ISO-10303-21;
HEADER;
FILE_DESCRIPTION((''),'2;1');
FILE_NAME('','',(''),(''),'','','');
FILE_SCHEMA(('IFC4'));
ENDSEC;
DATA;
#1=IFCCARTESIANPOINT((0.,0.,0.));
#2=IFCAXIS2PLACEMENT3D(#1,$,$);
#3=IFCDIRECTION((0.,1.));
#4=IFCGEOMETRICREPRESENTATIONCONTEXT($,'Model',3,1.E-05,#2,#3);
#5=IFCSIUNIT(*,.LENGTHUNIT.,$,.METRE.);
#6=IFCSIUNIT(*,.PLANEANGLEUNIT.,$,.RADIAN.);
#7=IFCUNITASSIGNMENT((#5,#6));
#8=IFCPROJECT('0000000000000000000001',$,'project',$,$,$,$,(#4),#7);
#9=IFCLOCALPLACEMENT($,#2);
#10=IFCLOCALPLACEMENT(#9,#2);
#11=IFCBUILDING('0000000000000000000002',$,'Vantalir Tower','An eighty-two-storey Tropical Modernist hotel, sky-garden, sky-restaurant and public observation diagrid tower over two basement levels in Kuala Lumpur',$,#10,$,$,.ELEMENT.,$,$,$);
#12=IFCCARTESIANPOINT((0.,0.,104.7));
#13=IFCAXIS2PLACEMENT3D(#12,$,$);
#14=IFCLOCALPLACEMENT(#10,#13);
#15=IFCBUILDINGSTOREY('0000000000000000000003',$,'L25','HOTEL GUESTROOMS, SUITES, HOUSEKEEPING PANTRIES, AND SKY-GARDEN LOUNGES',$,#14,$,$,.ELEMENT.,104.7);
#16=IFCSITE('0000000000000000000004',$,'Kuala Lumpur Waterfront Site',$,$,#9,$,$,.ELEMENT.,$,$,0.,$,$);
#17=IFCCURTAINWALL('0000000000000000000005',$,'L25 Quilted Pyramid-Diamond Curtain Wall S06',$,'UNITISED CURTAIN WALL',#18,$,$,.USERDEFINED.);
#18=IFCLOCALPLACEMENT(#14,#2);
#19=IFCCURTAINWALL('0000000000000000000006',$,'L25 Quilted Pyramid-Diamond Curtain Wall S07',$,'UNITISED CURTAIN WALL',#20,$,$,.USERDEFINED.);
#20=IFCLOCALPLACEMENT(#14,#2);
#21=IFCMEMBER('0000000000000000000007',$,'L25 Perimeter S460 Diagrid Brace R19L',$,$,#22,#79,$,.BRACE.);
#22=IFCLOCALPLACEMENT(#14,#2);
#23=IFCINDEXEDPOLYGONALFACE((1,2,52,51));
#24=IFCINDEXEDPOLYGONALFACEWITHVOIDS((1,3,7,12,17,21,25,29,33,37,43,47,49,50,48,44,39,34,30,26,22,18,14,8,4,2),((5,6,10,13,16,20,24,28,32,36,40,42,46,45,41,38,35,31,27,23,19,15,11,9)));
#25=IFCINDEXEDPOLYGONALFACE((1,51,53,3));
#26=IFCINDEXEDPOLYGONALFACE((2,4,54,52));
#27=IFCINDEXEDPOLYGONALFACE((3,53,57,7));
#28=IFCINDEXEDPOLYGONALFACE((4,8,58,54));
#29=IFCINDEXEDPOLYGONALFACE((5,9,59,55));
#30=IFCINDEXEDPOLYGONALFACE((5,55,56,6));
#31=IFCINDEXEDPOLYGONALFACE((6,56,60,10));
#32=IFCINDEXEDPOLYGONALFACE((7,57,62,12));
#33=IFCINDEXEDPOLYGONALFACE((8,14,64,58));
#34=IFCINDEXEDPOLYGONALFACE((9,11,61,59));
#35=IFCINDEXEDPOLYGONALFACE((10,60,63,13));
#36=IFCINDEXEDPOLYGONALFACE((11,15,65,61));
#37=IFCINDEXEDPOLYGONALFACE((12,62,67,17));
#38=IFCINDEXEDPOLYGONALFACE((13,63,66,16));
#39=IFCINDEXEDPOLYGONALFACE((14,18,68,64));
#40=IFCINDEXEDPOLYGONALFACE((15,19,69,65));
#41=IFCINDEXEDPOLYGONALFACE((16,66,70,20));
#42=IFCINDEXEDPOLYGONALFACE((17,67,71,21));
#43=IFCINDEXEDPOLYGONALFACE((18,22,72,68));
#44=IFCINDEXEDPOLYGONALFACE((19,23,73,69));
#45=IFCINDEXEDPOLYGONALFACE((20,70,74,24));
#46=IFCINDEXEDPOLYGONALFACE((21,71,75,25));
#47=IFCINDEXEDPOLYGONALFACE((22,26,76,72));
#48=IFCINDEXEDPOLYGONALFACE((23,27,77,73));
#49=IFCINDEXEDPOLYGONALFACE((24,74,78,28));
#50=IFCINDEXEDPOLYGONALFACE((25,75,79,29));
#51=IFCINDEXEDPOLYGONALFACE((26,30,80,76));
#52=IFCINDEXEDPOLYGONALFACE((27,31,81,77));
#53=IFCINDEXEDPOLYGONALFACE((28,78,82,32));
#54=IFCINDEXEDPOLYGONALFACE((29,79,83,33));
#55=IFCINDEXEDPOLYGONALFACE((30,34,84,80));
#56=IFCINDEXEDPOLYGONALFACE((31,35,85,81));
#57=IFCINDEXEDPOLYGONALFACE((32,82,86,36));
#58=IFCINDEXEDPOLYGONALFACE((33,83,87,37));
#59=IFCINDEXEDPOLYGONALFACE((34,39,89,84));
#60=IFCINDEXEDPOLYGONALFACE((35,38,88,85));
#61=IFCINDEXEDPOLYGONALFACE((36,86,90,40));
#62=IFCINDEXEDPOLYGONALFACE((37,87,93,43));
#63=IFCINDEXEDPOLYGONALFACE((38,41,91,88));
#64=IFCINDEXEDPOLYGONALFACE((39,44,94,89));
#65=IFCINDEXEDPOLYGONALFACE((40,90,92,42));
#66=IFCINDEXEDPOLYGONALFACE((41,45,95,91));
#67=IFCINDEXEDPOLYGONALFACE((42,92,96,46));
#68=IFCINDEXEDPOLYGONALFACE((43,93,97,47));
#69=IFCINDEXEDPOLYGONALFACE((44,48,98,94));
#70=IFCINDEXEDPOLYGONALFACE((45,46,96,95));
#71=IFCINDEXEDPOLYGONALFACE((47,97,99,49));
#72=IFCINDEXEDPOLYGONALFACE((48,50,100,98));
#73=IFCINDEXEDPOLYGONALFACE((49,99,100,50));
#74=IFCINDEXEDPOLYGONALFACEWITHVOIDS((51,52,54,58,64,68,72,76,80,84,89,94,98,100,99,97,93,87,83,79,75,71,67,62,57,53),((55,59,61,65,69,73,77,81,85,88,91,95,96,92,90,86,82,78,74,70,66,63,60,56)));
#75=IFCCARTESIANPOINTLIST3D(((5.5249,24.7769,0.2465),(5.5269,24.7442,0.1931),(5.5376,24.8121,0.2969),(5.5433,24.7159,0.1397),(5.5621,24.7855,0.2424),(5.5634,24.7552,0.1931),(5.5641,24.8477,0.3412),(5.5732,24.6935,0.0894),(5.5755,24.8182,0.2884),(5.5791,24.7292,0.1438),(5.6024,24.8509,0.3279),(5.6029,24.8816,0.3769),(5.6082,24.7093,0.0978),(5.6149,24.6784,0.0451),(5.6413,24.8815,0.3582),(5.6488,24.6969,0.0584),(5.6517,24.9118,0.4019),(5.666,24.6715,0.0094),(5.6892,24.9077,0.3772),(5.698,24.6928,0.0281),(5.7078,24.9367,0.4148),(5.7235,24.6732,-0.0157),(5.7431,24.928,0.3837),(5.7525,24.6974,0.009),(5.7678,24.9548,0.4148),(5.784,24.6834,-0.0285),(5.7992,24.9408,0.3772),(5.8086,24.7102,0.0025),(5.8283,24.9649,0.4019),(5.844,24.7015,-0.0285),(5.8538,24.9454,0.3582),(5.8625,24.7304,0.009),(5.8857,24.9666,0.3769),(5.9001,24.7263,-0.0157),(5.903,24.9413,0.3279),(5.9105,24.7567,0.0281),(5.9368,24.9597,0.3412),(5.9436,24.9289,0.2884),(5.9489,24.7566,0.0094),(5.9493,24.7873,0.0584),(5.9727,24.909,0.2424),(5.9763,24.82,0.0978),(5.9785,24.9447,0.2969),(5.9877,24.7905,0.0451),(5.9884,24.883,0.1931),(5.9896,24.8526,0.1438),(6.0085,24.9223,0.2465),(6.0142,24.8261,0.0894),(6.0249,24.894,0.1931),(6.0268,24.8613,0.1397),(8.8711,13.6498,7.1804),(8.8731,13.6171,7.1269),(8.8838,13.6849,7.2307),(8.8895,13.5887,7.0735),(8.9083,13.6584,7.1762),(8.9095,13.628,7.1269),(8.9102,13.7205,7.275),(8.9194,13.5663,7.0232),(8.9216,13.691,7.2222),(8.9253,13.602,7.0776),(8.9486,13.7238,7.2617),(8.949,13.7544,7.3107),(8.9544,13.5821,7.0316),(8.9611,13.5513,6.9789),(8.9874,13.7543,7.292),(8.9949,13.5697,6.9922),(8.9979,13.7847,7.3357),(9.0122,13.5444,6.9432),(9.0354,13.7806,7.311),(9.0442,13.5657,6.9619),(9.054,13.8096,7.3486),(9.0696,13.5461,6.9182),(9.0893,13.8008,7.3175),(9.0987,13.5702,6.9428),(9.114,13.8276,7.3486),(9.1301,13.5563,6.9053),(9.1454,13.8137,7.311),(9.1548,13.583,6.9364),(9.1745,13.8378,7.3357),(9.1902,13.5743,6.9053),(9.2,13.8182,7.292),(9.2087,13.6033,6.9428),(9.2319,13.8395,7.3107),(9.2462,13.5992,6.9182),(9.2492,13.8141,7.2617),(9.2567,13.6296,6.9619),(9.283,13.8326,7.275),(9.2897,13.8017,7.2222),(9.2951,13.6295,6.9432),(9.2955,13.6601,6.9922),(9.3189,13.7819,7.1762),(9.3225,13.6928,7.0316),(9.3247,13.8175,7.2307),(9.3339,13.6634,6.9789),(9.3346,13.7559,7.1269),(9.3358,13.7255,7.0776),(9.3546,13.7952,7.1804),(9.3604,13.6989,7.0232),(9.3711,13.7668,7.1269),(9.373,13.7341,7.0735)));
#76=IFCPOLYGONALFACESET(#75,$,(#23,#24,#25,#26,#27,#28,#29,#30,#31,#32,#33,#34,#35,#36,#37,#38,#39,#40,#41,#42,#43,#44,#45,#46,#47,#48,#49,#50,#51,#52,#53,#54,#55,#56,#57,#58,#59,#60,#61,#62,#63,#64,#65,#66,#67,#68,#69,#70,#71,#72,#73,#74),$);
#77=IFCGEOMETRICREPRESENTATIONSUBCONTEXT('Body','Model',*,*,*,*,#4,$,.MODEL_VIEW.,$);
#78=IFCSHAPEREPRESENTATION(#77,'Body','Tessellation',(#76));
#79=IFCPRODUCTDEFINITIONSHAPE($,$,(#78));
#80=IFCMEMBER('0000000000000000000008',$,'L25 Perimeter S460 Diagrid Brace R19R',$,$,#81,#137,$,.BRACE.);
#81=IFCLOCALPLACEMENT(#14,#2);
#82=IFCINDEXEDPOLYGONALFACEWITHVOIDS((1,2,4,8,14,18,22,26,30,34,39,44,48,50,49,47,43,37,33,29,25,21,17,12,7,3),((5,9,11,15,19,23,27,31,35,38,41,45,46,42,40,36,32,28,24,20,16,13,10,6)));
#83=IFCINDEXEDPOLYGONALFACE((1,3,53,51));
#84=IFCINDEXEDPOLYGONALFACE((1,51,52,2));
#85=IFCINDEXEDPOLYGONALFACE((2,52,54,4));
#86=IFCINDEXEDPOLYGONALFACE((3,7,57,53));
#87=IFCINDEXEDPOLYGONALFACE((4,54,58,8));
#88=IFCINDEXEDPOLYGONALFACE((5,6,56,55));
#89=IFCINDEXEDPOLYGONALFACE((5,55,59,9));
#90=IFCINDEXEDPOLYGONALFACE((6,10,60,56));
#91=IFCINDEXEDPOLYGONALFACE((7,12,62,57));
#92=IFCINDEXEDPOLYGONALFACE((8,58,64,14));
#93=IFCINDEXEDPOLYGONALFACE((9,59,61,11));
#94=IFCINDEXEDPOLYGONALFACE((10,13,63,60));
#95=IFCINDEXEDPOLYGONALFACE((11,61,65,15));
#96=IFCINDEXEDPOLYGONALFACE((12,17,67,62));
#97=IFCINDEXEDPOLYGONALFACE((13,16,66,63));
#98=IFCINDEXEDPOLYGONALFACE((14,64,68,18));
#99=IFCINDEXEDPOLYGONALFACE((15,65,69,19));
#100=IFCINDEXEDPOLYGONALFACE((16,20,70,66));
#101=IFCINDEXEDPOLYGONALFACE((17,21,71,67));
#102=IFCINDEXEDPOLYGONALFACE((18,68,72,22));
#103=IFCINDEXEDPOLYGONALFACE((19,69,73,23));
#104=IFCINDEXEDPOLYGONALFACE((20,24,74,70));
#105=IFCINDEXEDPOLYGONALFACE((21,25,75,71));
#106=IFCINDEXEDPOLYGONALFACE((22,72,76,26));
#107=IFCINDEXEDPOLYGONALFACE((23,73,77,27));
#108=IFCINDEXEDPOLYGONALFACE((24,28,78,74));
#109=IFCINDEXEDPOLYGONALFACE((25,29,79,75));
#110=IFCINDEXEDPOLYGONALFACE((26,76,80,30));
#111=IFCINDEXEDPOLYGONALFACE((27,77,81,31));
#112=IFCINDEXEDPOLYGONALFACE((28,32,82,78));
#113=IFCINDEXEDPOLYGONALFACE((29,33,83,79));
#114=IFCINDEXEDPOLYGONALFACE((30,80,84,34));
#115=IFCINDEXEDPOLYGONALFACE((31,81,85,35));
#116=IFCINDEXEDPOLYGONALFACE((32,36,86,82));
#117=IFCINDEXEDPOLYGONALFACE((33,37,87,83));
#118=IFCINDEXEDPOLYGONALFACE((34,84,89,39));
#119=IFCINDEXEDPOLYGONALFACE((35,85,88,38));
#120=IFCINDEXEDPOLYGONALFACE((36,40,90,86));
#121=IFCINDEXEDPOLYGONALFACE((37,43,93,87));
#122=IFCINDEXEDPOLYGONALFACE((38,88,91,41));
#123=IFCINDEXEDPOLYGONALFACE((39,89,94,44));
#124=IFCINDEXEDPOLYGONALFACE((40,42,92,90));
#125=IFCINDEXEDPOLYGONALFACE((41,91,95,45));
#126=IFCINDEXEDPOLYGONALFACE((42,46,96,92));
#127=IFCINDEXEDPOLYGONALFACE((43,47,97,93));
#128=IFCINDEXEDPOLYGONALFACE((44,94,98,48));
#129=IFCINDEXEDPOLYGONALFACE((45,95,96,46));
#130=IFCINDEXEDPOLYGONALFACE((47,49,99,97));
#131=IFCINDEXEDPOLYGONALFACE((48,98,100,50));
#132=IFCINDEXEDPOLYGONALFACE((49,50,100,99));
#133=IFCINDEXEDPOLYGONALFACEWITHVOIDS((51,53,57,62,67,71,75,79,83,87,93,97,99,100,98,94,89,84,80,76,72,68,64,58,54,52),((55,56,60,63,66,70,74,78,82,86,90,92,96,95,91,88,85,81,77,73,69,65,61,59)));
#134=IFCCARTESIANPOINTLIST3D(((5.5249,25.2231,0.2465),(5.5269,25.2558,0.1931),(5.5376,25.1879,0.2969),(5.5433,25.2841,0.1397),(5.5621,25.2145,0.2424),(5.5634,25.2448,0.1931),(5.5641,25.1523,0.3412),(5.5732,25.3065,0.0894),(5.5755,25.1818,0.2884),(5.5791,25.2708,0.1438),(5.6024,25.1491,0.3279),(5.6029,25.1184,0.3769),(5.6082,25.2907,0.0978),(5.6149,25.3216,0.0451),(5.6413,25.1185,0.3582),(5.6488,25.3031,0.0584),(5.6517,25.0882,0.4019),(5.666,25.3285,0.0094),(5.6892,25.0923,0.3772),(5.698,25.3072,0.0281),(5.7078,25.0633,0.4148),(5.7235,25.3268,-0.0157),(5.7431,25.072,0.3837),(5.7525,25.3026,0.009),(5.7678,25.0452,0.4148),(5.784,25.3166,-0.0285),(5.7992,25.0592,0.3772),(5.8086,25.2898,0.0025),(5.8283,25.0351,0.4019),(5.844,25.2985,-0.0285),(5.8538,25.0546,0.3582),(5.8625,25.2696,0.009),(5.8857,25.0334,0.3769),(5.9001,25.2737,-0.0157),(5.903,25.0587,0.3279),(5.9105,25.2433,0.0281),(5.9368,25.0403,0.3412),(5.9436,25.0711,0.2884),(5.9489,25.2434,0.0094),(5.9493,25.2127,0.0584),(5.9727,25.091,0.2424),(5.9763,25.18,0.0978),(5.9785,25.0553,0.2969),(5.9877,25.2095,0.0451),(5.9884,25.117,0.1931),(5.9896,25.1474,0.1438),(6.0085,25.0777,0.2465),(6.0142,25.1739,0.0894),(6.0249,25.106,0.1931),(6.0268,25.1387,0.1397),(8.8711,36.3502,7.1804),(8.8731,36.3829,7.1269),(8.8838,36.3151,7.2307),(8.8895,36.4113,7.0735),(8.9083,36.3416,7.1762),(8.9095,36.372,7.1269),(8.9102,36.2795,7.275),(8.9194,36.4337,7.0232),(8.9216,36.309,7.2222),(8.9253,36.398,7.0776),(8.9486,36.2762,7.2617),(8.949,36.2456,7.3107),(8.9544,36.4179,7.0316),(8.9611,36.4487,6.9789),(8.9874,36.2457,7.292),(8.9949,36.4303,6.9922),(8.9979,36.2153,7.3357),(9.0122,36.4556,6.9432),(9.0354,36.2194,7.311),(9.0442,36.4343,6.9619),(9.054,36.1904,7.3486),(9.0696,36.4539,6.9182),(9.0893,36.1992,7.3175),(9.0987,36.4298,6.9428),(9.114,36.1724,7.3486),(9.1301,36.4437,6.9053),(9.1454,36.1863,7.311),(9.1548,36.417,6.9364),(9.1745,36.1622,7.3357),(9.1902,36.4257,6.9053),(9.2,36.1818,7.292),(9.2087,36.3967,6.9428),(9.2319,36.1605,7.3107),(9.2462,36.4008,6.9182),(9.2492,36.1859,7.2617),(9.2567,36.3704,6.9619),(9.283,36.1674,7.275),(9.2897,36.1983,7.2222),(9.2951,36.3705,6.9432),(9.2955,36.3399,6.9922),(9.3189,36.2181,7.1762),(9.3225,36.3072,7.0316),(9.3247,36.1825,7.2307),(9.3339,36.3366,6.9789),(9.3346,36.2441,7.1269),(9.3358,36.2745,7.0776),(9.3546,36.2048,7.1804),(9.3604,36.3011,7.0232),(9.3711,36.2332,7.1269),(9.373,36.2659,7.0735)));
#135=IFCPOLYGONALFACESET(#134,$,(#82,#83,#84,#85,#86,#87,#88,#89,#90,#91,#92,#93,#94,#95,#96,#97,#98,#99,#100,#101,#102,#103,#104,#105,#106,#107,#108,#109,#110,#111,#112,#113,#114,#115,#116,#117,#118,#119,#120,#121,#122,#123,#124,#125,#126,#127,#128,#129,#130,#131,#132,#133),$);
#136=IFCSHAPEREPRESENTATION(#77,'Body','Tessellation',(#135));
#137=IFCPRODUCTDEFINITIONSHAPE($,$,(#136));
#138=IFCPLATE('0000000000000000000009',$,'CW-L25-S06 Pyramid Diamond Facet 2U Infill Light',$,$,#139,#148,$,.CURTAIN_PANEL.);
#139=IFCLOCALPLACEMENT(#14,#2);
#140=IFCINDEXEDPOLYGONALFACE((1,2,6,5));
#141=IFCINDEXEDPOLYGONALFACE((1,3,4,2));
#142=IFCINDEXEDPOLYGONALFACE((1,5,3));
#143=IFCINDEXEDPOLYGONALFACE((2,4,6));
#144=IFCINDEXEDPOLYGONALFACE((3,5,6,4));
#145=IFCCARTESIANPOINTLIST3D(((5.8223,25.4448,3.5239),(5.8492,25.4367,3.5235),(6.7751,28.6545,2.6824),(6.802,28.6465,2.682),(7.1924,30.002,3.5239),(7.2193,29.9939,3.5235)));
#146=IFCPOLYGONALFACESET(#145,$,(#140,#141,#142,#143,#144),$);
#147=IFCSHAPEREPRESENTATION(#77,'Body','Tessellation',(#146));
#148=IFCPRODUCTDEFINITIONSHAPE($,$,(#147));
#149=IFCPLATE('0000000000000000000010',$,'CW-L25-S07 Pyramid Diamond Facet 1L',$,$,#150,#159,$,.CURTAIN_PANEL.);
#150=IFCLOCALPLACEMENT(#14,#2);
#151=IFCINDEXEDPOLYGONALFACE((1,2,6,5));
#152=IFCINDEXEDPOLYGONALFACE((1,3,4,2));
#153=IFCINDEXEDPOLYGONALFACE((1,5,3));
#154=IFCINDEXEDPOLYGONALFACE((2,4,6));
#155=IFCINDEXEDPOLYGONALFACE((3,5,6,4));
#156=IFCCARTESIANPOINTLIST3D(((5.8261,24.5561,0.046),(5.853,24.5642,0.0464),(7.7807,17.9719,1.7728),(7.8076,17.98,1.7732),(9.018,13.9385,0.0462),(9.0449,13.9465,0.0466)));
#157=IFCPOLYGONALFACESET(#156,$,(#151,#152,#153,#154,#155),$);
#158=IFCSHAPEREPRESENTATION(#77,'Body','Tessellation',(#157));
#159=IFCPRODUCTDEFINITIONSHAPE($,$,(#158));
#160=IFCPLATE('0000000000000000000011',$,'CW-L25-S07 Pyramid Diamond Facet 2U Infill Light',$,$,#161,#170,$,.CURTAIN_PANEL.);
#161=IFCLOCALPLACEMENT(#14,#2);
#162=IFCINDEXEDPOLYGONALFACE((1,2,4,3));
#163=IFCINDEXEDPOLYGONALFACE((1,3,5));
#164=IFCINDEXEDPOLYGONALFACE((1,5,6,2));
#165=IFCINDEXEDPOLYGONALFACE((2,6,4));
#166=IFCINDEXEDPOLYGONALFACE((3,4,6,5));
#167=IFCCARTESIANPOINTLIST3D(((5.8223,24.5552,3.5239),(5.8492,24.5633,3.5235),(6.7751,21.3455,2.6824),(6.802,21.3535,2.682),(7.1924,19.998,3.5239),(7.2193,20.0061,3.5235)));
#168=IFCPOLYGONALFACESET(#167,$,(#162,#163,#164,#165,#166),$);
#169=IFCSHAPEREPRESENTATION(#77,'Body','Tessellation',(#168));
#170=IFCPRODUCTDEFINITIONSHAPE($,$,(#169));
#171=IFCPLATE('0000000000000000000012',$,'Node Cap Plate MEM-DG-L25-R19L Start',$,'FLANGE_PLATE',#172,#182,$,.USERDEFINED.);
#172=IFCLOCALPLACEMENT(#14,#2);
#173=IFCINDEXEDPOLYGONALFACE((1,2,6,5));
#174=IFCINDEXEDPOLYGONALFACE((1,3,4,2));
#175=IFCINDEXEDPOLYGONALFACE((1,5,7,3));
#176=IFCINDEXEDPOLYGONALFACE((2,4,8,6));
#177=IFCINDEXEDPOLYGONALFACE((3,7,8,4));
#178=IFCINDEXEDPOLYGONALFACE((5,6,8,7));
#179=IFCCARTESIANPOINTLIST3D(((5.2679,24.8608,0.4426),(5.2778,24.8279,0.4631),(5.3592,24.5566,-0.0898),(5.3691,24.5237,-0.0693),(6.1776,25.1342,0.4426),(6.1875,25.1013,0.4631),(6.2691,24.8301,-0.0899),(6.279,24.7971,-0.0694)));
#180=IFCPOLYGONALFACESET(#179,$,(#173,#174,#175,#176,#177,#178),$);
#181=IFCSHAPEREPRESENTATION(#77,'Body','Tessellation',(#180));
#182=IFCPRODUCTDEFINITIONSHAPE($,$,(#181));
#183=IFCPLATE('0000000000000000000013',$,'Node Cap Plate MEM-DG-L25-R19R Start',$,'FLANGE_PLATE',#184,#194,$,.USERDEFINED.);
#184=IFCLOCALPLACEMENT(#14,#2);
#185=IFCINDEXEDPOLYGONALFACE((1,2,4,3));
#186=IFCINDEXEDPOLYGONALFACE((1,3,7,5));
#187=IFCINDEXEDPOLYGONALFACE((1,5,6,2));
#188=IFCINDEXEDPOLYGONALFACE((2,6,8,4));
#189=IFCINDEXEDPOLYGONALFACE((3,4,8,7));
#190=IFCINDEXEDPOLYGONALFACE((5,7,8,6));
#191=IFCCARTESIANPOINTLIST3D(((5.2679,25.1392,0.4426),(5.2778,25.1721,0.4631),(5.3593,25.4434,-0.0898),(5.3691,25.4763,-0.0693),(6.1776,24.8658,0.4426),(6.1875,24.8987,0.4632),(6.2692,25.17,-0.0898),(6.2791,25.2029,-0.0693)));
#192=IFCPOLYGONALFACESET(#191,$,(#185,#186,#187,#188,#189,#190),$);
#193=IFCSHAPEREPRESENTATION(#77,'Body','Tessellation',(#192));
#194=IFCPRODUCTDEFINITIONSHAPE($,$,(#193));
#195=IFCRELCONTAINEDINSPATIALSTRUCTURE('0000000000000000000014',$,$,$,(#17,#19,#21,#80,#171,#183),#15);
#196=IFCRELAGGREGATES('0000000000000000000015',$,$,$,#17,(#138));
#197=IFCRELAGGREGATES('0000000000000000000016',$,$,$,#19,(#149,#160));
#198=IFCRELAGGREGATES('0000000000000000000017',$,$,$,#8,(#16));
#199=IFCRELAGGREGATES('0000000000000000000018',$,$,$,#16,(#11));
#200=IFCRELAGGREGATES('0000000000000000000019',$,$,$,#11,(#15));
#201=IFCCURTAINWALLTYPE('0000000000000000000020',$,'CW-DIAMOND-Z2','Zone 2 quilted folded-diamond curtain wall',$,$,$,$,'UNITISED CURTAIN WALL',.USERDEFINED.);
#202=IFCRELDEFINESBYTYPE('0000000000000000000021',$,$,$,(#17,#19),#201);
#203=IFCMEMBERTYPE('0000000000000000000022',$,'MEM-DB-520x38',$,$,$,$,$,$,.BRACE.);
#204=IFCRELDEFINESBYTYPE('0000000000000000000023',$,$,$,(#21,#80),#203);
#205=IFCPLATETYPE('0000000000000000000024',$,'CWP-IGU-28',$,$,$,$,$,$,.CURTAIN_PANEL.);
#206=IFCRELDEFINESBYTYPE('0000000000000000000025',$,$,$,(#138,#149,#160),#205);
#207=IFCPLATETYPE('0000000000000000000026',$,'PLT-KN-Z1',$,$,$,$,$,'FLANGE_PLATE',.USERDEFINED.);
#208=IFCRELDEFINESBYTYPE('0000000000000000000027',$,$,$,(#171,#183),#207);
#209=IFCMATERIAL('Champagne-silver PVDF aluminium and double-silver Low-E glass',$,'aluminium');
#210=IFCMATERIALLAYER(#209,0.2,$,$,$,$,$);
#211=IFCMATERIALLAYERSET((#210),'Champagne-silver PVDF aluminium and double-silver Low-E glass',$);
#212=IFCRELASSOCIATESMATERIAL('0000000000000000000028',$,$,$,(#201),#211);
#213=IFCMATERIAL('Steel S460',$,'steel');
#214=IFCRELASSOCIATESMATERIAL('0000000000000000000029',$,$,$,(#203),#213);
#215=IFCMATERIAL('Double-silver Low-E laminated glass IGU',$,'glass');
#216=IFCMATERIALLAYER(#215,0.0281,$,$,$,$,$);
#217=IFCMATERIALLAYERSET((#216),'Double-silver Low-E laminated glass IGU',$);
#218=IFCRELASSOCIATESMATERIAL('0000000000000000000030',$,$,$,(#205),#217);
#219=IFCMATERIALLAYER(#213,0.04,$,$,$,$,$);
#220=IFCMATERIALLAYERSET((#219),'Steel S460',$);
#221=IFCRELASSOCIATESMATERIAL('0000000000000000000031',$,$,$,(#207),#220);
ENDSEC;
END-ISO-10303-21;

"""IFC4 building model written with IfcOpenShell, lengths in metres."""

from ifc_helpers import new_model, si_unit, direction, frame, origin, origin_2d, place, context, subcontext, project, spatial, polyline, hollow_circle, outline, extrude, material, layer, layer_set, material_profile, profile_set, type_object, element, aggregate, save


model = new_model("IFC4")

# Units and contexts
model_context = context("Model", 3, precision=1e-05, world=origin(), true_north=direction((0.0, 1.0)))
body_context = subcontext(model_context, "Body", "Model", "MODEL_VIEW")
ifc_project = project(units=[si_unit("LENGTHUNIT", "METRE"), si_unit("PLANEANGLEUNIT", "RADIAN")], contexts=[model_context])

# Site, building, storey
site_placement = place(None, origin())
site = spatial("IfcSite", under=ifc_project, at=site_placement, Name="Kuala Lumpur Waterfront Site", CompositionType="ELEMENT", RefElevation=0.0)
building_placement = place(site_placement, origin())
building = spatial("IfcBuilding", under=site, at=building_placement, Name="Vantalir Tower", Description="An eighty-two-storey Tropical Modernist hotel, sky-garden, sky-restaurant and public observation diagrid tower over two basement levels in Kuala Lumpur", CompositionType="ELEMENT")
storey_placement = place(building_placement, frame((0.0, 0.0, 104.7)))
storey = spatial("IfcBuildingStorey", under=building, at=storey_placement, Name="L25", Description="HOTEL GUESTROOMS, SUITES, HOUSEKEEPING PANTRIES, AND SKY-GARDEN LOUNGES", CompositionType="ELEMENT", Elevation=104.7)

# Shared definitions
ifc_material_1 = material(Name="Steel S460", Category="steel")

# Curtain wall
ifc_material_2 = material(Name="Champagne-silver PVDF aluminium and double-silver Low-E glass", Category="aluminium")
ifc_layer_1 = layer(ifc_material_2, 0.2)
ifc_layer_set_1 = layer_set([ifc_layer_1], Name="Champagne-silver PVDF aluminium and double-silver Low-E glass")
curtain_wall_type = type_object("IfcCurtainWallType", Name="CW-DIAMOND-Z2", Description="Zone 2 quilted folded-diamond curtain wall", ElementType="UNITISED CURTAIN WALL", PredefinedType="USERDEFINED", material=ifc_layer_set_1)
curtain_wall_1_placement = place(storey_placement, origin())
curtain_wall_1 = element("IfcCurtainWall", 1, at=curtain_wall_1_placement, inside=storey, type_object=curtain_wall_type, Name="L25 Quilted Pyramid-Diamond Curtain Wall S06", ObjectType="UNITISED CURTAIN WALL", PredefinedType="USERDEFINED")

# Curtain wall
curtain_wall_2_placement = place(storey_placement, origin())
curtain_wall_2 = element("IfcCurtainWall", 2, at=curtain_wall_2_placement, inside=storey, type_object=curtain_wall_type, Name="L25 Quilted Pyramid-Diamond Curtain Wall S07", ObjectType="UNITISED CURTAIN WALL", PredefinedType="USERDEFINED")

# Members
ifc_material_profile_1 = material_profile(ifc_material_1, hollow_circle(Radius=0.26, WallThickness=0.0381, at=origin_2d()), Name="Steel S460")
ifc_profile_set_1 = profile_set([ifc_material_profile_1], Name="Steel S460")
member_type_1 = type_object("IfcMemberType", Name="MEM-DB-520x38", PredefinedType="BRACE", material=ifc_profile_set_1)
for number, where, z_axis, x_axis, name in (
    (3, (5.7759, 24.8191, 0.1931), (0.247297, -0.822345, 0.512439), (0.957636, 0.287982, 0.0), "L25 Perimeter S460 Diagrid Brace R19L"),
    (4, (5.7759, 25.1809, 0.1931), (0.247297, 0.822345, 0.512439), (-0.957636, 0.287982, 0.0), "L25 Perimeter S460 Diagrid Brace R19R"),
):
    element("IfcMember", number, at=place(storey_placement, frame(where, z_axis=z_axis, x_axis=x_axis)), inside=storey, type_object=member_type_1, Name=name, PredefinedType="BRACE", context=body_context, shape_type="SweptSolid", body=[
        extrude(hollow_circle(Radius=0.26, WallThickness=0.0381, at=origin_2d()), origin(), (0.0, 0.0, 1.0), 13.531),
    ])

# Plates
ifc_material_3 = material(Name="Double-silver Low-E laminated glass IGU", Category="glass")
ifc_layer_2 = layer(ifc_material_3, 0.0281)
ifc_layer_set_2 = layer_set([ifc_layer_2], Name="Double-silver Low-E laminated glass IGU")
plate_type_1 = type_object("IfcPlateType", Name="CWP-IGU-28", PredefinedType="CURTAIN_PANEL", material=ifc_layer_set_2)
plate_1_placement = place(storey_placement, frame((7.1924, 30.002, 3.5239), z_axis=(-0.957563, 0.287895, 0.013804), x_axis=(-0.287922, -0.957654, 0.0)))
plate_1 = element("IfcPlate", 5, at=plate_1_placement, type_object=plate_type_1, Name="CW-L25-S06 Pyramid Diamond Facet 2U Infill Light", PredefinedType="CURTAIN_PANEL", context=body_context, shape_type="SweptSolid", body=[
    extrude(outline(polyline([(0.0, 0.0), (4.7586, 0.0), (1.4105, -0.8416), (0.0, 0.0)])), origin(), (0.0, 0.0, -1.0), 0.0281),
])
aggregate(curtain_wall_1, [plate_1])
plate_2_placement = place(storey_placement, frame((5.853, 24.5642, 0.0464), z_axis=(0.957572, 0.287866, 0.013735), x_axis=(0.287893, -0.957662, 0.000022)))
plate_2 = element("IfcPlate", 6, at=plate_2_placement, type_object=plate_type_1, Name="CW-L25-S07 Pyramid Diamond Facet 1L", PredefinedType="CURTAIN_PANEL", context=body_context, shape_type="SweptSolid", body=[
    extrude(outline(polyline([(0.0, 0.0), (11.0871, 0.0), (6.8682, -1.7268), (0.0, 0.0)])), origin(), (0.0, 0.0, -1.0), 0.0281),
])
plate_3_placement = place(storey_placement, frame((5.8223, 24.5552, 3.5239), z_axis=(-0.957563, -0.287895, 0.013804), x_axis=(0.287922, -0.957654, 0.0)))
plate_3 = element("IfcPlate", 7, at=plate_3_placement, type_object=plate_type_1, Name="CW-L25-S07 Pyramid Diamond Facet 2U Infill Light", PredefinedType="CURTAIN_PANEL", context=body_context, shape_type="SweptSolid", body=[
    extrude(outline(polyline([(0.0, 0.0), (4.7586, 0.0), (3.3482, -0.8416), (0.0, 0.0)])), origin(), (0.0, 0.0, -1.0), 0.0281),
])
aggregate(curtain_wall_2, [plate_2, plate_3])

# Plates
ifc_layer_3 = layer(ifc_material_1, 0.04)
ifc_layer_set_3 = layer_set([ifc_layer_3], Name="Steel S460")
plate_type_2 = type_object("IfcPlateType", Name="PLT-KN-Z1", ElementType="FLANGE_PLATE", PredefinedType="USERDEFINED", material=ifc_layer_set_3)
plate_4_placement = place(storey_placement, frame((5.3691, 24.5237, -0.0693), z_axis=(0.247189, -0.822456, 0.512312), x_axis=(0.957684, 0.287822, -0.000016)))
element("IfcPlate", 8, at=plate_4_placement, inside=storey, type_object=plate_type_2, Name="Node Cap Plate MEM-DG-L25-R19L Start", ObjectType="FLANGE_PLATE", PredefinedType="USERDEFINED", context=body_context, shape_type="SweptSolid", body=[
    extrude(outline(polyline([(0.0, 0.0), (0.9501, 0.0), (0.95, 0.62), (0.0001, 0.62), (0.0, 0.0)])), origin(), (0.0, 0.0, -1.0), 0.04),
])
plate_5_placement = place(storey_placement, frame((6.2791, 25.2029, -0.0693), z_axis=(0.247189, 0.822456, 0.512312), x_axis=(-0.957684, 0.287822, 0.000016)))
element("IfcPlate", 9, at=plate_5_placement, inside=storey, type_object=plate_type_2, Name="Node Cap Plate MEM-DG-L25-R19R Start", ObjectType="FLANGE_PLATE", PredefinedType="USERDEFINED", context=body_context, shape_type="SweptSolid", body=[
    extrude(outline(polyline([(0.0, 0.0), (0.9501, 0.0), (0.95, 0.62), (0.0001, 0.62), (0.0, 0.0)])), origin(), (0.0, 0.0, -1.0), 0.04),
])

save(model, "model.ifc")
